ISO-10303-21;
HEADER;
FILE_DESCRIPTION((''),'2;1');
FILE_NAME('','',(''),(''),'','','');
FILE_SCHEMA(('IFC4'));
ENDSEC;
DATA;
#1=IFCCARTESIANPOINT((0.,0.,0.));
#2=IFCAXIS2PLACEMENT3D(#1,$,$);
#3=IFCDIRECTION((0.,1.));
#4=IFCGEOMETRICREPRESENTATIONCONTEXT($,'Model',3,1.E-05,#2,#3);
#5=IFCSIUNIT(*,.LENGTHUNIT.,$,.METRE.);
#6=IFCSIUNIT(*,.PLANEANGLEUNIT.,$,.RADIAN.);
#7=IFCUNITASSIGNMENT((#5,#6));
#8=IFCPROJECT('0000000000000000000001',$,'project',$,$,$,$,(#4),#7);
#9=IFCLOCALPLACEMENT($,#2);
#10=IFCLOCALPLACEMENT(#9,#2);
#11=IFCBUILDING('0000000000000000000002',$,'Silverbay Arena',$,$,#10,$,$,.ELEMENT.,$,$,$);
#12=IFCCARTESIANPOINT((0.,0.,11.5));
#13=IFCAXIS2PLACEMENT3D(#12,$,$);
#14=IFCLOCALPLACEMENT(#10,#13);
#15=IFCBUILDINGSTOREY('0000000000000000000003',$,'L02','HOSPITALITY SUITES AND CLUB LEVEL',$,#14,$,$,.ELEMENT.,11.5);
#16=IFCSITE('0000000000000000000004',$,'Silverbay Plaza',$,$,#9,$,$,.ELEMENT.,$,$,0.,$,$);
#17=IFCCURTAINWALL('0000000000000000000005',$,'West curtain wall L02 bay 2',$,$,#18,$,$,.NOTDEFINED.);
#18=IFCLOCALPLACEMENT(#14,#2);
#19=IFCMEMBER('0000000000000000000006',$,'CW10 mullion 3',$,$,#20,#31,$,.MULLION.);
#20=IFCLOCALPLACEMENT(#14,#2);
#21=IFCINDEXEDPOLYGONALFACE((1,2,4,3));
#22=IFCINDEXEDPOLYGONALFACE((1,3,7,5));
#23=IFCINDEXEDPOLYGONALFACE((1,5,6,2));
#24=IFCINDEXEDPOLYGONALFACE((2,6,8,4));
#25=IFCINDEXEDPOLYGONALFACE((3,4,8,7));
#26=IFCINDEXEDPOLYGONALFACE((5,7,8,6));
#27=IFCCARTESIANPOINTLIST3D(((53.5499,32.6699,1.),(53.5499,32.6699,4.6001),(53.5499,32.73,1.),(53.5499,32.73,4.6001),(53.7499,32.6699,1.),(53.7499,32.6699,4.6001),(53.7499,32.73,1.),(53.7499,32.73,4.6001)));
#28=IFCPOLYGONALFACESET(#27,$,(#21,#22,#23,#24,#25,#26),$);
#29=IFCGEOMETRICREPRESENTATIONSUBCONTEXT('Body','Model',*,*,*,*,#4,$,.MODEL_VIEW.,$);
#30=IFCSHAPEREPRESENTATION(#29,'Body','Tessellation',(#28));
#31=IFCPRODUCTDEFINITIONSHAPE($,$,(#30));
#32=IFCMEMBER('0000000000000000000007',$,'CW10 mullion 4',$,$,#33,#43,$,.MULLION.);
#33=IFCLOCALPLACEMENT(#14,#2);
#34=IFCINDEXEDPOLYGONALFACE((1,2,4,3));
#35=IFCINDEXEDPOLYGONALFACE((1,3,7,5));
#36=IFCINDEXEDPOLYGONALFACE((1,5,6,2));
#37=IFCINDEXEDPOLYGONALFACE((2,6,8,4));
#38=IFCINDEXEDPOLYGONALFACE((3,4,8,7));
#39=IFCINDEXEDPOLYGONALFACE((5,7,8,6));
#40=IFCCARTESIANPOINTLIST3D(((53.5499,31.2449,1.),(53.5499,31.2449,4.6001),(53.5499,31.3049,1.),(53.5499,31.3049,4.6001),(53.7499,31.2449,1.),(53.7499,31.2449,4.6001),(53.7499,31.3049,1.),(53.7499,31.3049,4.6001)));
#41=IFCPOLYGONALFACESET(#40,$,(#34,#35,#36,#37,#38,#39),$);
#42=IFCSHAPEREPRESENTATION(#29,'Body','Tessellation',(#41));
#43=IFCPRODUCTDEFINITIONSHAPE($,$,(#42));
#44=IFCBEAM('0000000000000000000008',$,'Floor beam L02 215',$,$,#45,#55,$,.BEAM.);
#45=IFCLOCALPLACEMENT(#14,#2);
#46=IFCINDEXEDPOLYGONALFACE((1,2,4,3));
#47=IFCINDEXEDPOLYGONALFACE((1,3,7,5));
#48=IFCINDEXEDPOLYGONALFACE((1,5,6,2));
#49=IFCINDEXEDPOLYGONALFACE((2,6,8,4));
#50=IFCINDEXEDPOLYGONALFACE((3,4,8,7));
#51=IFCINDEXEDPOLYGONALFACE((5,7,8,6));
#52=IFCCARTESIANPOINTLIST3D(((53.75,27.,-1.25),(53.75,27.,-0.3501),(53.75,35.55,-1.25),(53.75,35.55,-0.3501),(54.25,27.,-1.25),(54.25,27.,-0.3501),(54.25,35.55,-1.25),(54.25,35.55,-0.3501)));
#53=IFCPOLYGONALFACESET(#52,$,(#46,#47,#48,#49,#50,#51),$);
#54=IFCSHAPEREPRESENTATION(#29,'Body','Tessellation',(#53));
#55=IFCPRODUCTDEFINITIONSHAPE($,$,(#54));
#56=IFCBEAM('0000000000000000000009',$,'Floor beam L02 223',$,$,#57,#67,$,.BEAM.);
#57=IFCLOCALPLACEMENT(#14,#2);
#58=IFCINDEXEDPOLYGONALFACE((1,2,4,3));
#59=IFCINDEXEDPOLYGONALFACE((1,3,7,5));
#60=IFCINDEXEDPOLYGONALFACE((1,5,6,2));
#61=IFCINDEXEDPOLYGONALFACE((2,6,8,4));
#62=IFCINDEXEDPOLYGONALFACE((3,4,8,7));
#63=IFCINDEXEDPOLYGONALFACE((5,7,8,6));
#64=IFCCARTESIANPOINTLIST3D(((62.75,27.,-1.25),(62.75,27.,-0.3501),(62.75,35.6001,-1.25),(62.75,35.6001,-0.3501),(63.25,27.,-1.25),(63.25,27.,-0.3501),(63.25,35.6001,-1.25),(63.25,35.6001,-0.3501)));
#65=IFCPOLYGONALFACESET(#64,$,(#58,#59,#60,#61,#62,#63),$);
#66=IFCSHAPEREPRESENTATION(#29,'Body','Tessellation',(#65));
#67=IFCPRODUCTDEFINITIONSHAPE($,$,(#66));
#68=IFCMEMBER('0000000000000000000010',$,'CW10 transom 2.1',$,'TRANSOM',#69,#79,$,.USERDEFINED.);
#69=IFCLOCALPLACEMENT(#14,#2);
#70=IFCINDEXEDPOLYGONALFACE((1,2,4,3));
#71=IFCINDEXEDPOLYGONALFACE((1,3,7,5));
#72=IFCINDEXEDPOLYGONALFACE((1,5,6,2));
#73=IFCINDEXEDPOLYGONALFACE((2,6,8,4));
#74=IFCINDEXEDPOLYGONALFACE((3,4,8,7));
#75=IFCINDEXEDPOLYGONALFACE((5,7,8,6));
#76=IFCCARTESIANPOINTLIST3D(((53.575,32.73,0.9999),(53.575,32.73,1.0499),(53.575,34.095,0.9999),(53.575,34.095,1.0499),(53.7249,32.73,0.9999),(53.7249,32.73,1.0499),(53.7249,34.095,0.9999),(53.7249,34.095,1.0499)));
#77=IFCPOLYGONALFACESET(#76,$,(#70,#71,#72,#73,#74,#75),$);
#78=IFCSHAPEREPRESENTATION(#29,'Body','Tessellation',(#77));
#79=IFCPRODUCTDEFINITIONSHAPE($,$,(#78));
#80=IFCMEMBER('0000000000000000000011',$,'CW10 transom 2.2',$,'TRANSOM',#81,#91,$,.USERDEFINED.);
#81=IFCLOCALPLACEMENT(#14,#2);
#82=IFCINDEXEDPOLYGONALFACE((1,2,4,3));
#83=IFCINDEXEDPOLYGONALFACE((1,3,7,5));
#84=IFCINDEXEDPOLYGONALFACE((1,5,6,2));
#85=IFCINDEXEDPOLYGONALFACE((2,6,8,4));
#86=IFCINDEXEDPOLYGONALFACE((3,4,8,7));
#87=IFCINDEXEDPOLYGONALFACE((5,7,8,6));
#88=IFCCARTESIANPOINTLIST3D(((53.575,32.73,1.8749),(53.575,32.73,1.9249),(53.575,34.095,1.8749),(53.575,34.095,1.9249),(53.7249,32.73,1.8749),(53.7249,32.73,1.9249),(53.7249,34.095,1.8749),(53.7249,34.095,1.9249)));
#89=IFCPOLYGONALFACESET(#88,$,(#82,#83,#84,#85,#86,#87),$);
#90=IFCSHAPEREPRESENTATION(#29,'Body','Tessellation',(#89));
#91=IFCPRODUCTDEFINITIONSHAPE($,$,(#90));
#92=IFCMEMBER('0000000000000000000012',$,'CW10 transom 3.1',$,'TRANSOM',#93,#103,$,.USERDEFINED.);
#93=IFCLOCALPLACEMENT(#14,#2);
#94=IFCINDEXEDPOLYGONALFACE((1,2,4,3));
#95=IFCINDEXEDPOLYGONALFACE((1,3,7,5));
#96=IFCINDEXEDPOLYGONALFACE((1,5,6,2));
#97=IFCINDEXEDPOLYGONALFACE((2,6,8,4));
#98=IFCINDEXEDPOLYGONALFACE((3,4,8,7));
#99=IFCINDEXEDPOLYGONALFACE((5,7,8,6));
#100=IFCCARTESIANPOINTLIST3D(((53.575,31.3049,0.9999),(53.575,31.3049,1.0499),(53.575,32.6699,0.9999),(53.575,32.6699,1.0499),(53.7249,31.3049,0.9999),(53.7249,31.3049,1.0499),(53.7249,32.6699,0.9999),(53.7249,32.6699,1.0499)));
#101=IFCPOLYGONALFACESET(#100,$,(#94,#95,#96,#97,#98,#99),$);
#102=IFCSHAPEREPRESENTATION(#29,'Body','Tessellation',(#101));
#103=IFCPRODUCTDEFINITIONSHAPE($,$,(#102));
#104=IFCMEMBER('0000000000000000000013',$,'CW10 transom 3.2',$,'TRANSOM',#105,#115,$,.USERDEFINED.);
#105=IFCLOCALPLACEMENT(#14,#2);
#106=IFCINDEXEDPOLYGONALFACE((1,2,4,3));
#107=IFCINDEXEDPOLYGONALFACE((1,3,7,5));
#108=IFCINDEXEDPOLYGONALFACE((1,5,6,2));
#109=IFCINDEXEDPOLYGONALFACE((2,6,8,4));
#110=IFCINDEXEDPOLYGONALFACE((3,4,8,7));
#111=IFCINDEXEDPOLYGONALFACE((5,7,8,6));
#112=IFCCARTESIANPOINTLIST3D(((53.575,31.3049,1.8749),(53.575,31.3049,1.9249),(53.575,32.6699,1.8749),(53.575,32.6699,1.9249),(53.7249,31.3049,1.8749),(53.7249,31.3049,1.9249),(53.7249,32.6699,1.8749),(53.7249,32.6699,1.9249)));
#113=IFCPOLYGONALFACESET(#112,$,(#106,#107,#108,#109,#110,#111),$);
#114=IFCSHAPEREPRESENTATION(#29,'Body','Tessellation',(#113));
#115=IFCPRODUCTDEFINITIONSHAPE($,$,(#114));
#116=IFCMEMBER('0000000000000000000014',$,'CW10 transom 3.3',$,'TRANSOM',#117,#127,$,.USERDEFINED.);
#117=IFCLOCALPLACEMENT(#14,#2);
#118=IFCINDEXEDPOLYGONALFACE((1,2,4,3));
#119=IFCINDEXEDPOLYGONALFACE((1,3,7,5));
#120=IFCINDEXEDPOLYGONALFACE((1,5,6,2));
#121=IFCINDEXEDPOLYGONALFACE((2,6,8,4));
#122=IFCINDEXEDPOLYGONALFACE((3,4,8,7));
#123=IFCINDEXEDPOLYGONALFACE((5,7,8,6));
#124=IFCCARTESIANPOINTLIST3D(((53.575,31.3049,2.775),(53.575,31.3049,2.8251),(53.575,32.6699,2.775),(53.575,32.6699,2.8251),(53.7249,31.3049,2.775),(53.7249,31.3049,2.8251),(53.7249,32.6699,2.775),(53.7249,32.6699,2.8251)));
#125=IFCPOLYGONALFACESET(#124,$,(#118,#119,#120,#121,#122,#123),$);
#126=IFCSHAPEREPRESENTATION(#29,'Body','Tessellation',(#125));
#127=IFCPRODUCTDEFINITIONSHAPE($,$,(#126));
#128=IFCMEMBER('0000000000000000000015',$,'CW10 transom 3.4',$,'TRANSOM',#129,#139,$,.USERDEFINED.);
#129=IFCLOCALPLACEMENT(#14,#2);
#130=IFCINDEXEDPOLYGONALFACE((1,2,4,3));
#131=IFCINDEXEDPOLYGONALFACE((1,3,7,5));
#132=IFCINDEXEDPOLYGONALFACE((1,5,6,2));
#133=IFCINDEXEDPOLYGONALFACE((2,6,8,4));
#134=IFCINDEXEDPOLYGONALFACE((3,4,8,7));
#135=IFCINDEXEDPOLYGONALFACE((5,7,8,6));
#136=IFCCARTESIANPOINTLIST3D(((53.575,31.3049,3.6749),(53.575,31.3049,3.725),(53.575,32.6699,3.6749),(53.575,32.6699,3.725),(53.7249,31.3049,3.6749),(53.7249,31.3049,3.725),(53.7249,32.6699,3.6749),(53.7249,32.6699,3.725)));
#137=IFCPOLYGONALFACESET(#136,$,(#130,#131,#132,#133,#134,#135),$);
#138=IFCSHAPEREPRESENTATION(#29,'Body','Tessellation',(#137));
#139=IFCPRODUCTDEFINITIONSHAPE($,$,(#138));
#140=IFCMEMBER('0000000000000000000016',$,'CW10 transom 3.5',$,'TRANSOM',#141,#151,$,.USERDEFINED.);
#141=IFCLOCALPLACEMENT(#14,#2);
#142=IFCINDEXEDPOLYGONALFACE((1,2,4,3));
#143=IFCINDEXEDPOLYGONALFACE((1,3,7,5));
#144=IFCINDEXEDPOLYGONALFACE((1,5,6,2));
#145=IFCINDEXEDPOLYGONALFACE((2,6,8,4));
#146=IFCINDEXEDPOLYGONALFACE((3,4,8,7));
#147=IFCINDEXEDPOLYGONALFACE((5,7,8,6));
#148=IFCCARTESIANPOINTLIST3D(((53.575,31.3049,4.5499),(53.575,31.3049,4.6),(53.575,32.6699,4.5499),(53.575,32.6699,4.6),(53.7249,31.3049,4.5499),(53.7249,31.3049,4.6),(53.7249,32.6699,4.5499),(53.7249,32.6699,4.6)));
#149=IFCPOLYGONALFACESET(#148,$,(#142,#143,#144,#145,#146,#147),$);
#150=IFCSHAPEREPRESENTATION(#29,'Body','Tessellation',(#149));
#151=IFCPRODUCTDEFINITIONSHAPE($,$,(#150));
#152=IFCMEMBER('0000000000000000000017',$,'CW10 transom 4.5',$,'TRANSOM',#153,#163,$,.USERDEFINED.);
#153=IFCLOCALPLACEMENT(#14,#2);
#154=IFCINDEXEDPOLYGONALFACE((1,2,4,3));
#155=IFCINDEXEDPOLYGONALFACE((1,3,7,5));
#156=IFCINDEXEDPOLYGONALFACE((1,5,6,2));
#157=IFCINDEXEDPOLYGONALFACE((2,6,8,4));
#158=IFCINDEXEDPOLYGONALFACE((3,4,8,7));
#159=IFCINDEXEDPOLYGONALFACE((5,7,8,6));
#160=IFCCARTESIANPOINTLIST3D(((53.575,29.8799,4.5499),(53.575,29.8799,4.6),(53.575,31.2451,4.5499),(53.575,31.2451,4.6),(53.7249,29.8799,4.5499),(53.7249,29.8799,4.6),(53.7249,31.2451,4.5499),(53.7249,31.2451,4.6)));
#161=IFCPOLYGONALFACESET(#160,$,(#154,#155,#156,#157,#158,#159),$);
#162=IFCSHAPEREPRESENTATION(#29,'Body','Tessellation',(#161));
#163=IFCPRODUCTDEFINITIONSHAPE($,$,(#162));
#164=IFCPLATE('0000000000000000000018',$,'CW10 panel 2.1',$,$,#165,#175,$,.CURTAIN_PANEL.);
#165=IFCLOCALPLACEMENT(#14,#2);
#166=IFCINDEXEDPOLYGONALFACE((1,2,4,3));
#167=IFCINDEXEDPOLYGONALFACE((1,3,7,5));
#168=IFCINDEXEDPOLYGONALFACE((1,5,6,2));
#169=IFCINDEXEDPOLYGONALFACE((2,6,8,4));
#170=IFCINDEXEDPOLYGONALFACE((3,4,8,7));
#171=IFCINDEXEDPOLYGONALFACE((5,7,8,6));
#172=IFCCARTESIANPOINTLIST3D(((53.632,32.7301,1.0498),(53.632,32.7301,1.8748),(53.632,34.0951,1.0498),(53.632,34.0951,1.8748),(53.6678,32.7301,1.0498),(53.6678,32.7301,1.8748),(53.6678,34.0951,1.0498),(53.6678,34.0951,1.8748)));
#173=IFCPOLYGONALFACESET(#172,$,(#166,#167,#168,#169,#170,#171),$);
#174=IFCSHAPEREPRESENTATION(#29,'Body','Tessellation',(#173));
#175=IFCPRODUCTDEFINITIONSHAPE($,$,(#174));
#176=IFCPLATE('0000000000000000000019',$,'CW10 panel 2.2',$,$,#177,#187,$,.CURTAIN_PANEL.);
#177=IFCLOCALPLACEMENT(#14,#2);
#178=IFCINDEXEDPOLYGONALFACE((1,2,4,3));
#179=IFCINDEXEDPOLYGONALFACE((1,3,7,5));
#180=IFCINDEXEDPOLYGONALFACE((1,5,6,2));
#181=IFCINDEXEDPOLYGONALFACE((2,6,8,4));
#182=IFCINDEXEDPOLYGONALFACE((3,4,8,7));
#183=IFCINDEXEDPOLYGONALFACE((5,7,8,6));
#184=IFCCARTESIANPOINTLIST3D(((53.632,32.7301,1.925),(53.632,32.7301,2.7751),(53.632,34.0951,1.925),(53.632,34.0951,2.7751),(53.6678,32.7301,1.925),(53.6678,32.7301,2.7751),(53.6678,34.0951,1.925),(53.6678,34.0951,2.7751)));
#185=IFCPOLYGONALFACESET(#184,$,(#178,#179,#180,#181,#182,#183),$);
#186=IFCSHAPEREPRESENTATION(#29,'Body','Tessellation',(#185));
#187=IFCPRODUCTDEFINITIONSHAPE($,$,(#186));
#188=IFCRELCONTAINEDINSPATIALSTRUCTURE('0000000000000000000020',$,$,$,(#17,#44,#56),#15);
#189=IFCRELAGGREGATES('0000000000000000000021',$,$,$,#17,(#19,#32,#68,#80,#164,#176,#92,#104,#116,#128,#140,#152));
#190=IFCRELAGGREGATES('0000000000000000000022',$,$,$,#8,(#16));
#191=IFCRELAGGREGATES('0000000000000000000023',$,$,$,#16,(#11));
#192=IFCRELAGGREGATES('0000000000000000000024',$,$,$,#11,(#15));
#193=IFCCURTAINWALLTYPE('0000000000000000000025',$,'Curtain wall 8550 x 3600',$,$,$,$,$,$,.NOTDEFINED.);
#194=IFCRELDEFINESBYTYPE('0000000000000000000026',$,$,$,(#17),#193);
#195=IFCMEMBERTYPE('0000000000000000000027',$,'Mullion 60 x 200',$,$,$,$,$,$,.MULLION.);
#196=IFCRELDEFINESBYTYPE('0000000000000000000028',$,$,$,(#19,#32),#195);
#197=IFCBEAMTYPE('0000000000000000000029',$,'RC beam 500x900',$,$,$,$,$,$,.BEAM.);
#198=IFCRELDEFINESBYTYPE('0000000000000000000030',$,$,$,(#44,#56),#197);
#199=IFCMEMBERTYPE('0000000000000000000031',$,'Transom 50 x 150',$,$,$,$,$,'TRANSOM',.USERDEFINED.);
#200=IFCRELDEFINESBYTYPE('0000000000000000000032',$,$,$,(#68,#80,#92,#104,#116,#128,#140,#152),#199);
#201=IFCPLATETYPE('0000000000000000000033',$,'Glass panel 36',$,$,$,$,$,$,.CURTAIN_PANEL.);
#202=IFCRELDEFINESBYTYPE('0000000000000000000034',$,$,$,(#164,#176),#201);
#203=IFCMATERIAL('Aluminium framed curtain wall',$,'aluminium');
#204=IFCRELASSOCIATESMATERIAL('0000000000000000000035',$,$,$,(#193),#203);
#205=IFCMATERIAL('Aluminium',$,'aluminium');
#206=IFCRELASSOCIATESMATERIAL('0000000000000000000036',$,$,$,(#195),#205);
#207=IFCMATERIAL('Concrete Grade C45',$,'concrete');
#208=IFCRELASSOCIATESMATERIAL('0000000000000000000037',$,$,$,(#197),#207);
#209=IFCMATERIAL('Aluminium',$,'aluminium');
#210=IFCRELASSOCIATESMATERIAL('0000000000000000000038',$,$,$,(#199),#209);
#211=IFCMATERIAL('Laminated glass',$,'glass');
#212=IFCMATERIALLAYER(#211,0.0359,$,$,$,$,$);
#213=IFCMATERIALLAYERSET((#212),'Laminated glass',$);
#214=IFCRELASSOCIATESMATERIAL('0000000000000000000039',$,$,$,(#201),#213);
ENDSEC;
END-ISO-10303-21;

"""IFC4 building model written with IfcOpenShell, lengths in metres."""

from ifc_helpers import new_model, si_unit, direction, frame, origin, origin_2d, place, context, subcontext, project, spatial, rectangle, extrude, material, layer, layer_set, material_profile, profile_set, type_object, element, aggregate, save


model = new_model("IFC4")

# Units and contexts
model_context = context("Model", 3, precision=1e-05, world=origin(), true_north=direction((0.0, 1.0)))
body_context = subcontext(model_context, "Body", "Model", "MODEL_VIEW")
ifc_project = project(units=[si_unit("LENGTHUNIT", "METRE"), si_unit("PLANEANGLEUNIT", "RADIAN")], contexts=[model_context])

# Site, building, storey
site_placement = place(None, origin())
site = spatial("IfcSite", under=ifc_project, at=site_placement, Name="Silverbay Plaza", CompositionType="ELEMENT", RefElevation=0.0)
building_placement = place(site_placement, origin())
building = spatial("IfcBuilding", under=site, at=building_placement, Name="Silverbay Arena", CompositionType="ELEMENT")
storey_placement = place(building_placement, frame((0.0, 0.0, 11.5)))
storey = spatial("IfcBuildingStorey", under=building, at=storey_placement, Name="L02", Description="HOSPITALITY SUITES AND CLUB LEVEL", CompositionType="ELEMENT", Elevation=11.5)

# Curtain wall, members
ifc_material_1 = material(Name="Aluminium framed curtain wall", Category="aluminium")
curtain_wall_type = type_object("IfcCurtainWallType", Name="Curtain wall 8550 x 3600", PredefinedType="NOTDEFINED", material=ifc_material_1)
curtain_wall_placement = place(storey_placement, origin())
curtain_wall = element("IfcCurtainWall", 1, at=curtain_wall_placement, inside=storey, type_object=curtain_wall_type, Name="West curtain wall L02 bay 2", PredefinedType="NOTDEFINED")
ifc_material_2 = material(Name="Aluminium", Category="aluminium")
ifc_material_profile_1 = material_profile(ifc_material_2, rectangle(XDim=0.2, YDim=0.0601, at=origin_2d()), Name="Mullion 60 x 200")
ifc_profile_set_1 = profile_set([ifc_material_profile_1], Name="Aluminium")
member_type_1 = type_object("IfcMemberType", Name="Mullion 60 x 200", PredefinedType="MULLION", material=ifc_profile_set_1)
member_1_placement = place(storey_placement, frame((53.6499, 32.7, 1.0), z_axis=(0.0, 0.0, 1.0), x_axis=(1.0, 0.0, 0.0)))
member_1 = element("IfcMember", 2, at=member_1_placement, type_object=member_type_1, Name="CW10 mullion 3", PredefinedType="MULLION", context=body_context, shape_type="SweptSolid", body=[
    extrude(rectangle(XDim=0.2, YDim=0.0601, at=origin_2d()), origin(), (0.0, 0.0, 1.0), 3.6001),
])
member_2_placement = place(storey_placement, frame((53.6499, 31.2749, 1.0), z_axis=(0.0, 0.0, 1.0), x_axis=(1.0, 0.0, 0.0)))
member_2 = element("IfcMember", 3, at=member_2_placement, type_object=member_type_1, Name="CW10 mullion 4", PredefinedType="MULLION", context=body_context, shape_type="SweptSolid", body=[
    extrude(rectangle(XDim=0.2, YDim=0.0601, at=origin_2d()), origin(), (0.0, 0.0, 1.0), 3.6001),
])

# Beams
ifc_material_3 = material(Name="Concrete Grade C45", Category="concrete")
ifc_material_profile_2 = material_profile(ifc_material_3, rectangle(XDim=0.5, YDim=0.8999, at=origin_2d()), Name="RC 500x900")
ifc_profile_set_2 = profile_set([ifc_material_profile_2], Name="Concrete Grade C45")
beam_type = type_object("IfcBeamType", Name="RC beam 500x900", PredefinedType="BEAM", material=ifc_profile_set_2)
beam_1_placement = place(storey_placement, frame((54.0, 27.0, -0.8), z_axis=(0.0, 1.0, 0.0), x_axis=(-1.0, 0.0, 0.0)))
element("IfcBeam", 4, at=beam_1_placement, inside=storey, type_object=beam_type, Name="Floor beam L02 215", PredefinedType="BEAM", context=body_context, shape_type="SweptSolid", body=[
    extrude(rectangle(XDim=0.5, YDim=0.8999, at=origin_2d()), origin(), (0.0, 0.0, 1.0), 8.55),
])
beam_2_placement = place(storey_placement, frame((63.0, 27.0, -0.8), z_axis=(0.0, 1.0, 0.0), x_axis=(-1.0, 0.0, 0.0)))
element("IfcBeam", 5, at=beam_2_placement, inside=storey, type_object=beam_type, Name="Floor beam L02 223", PredefinedType="BEAM", context=body_context, shape_type="SweptSolid", body=[
    extrude(rectangle(XDim=0.5, YDim=0.8999, at=origin_2d()), origin(), (0.0, 0.0, 1.0), 8.6001),
])

# Members
ifc_material_4 = material(Name="Aluminium", Category="aluminium")
ifc_material_profile_3 = material_profile(ifc_material_4, rectangle(XDim=0.1499, YDim=0.05, at=origin_2d()), Name="Transom 50 x 150")
ifc_profile_set_3 = profile_set([ifc_material_profile_3], Name="Aluminium")
member_type_2 = type_object("IfcMemberType", Name="Transom 50 x 150", ElementType="TRANSOM", PredefinedType="USERDEFINED", material=ifc_profile_set_3)
member_3_placement = place(storey_placement, frame((53.6499, 34.095, 1.0249), z_axis=(0.0, -1.0, 0.0), x_axis=(1.0, 0.0, 0.0)))
member_3 = element("IfcMember", 6, at=member_3_placement, type_object=member_type_2, Name="CW10 transom 2.1", ObjectType="TRANSOM", PredefinedType="USERDEFINED", context=body_context, shape_type="SweptSolid", body=[
    extrude(rectangle(XDim=0.1499, YDim=0.05, at=origin_2d()), origin(), (0.0, 0.0, 1.0), 1.365),
])
member_4_placement = place(storey_placement, frame((53.6499, 34.095, 1.8999), z_axis=(0.0, -1.0, 0.0), x_axis=(1.0, 0.0, 0.0)))
member_4 = element("IfcMember", 7, at=member_4_placement, type_object=member_type_2, Name="CW10 transom 2.2", ObjectType="TRANSOM", PredefinedType="USERDEFINED", context=body_context, shape_type="SweptSolid", body=[
    extrude(rectangle(XDim=0.1499, YDim=0.05, at=origin_2d()), origin(), (0.0, 0.0, 1.0), 1.365),
])
member_5_placement = place(storey_placement, frame((53.6499, 32.6699, 1.0249), z_axis=(0.0, -1.0, 0.0), x_axis=(1.0, 0.0, 0.0)))
member_5 = element("IfcMember", 8, at=member_5_placement, type_object=member_type_2, Name="CW10 transom 3.1", ObjectType="TRANSOM", PredefinedType="USERDEFINED", context=body_context, shape_type="SweptSolid", body=[
    extrude(rectangle(XDim=0.1499, YDim=0.05, at=origin_2d()), origin(), (0.0, 0.0, 1.0), 1.365),
])
member_6_placement = place(storey_placement, frame((53.6499, 32.6699, 1.8999), z_axis=(0.0, -1.0, 0.0), x_axis=(1.0, 0.0, 0.0)))
member_6 = element("IfcMember", 9, at=member_6_placement, type_object=member_type_2, Name="CW10 transom 3.2", ObjectType="TRANSOM", PredefinedType="USERDEFINED", context=body_context, shape_type="SweptSolid", body=[
    extrude(rectangle(XDim=0.1499, YDim=0.05, at=origin_2d()), origin(), (0.0, 0.0, 1.0), 1.365),
])
member_7_placement = place(storey_placement, frame((53.6499, 32.6699, 2.8), z_axis=(0.0, -1.0, 0.0), x_axis=(1.0, 0.0, 0.0)))
member_7 = element("IfcMember", 10, at=member_7_placement, type_object=member_type_2, Name="CW10 transom 3.3", ObjectType="TRANSOM", PredefinedType="USERDEFINED", context=body_context, shape_type="SweptSolid", body=[
    extrude(rectangle(XDim=0.1499, YDim=0.05, at=origin_2d()), origin(), (0.0, 0.0, 1.0), 1.365),
])
member_8_placement = place(storey_placement, frame((53.6499, 32.6699, 3.7), z_axis=(0.0, -1.0, 0.0), x_axis=(1.0, 0.0, 0.0)))
member_8 = element("IfcMember", 11, at=member_8_placement, type_object=member_type_2, Name="CW10 transom 3.4", ObjectType="TRANSOM", PredefinedType="USERDEFINED", context=body_context, shape_type="SweptSolid", body=[
    extrude(rectangle(XDim=0.1499, YDim=0.05, at=origin_2d()), origin(), (0.0, 0.0, 1.0), 1.365),
])
member_9_placement = place(storey_placement, frame((53.6499, 32.6699, 4.575), z_axis=(0.0, -1.0, 0.0), x_axis=(1.0, 0.0, 0.0)))
member_9 = element("IfcMember", 12, at=member_9_placement, type_object=member_type_2, Name="CW10 transom 3.5", ObjectType="TRANSOM", PredefinedType="USERDEFINED", context=body_context, shape_type="SweptSolid", body=[
    extrude(rectangle(XDim=0.1499, YDim=0.05, at=origin_2d()), origin(), (0.0, 0.0, 1.0), 1.365),
])
member_10_placement = place(storey_placement, frame((53.6499, 31.2451, 4.575), z_axis=(0.0, -1.0, 0.0), x_axis=(1.0, 0.0, 0.0)))
member_10 = element("IfcMember", 13, at=member_10_placement, type_object=member_type_2, Name="CW10 transom 4.5", ObjectType="TRANSOM", PredefinedType="USERDEFINED", context=body_context, shape_type="SweptSolid", body=[
    extrude(rectangle(XDim=0.1499, YDim=0.05, at=origin_2d()), origin(), (0.0, 0.0, 1.0), 1.3652),
])

# Plates
ifc_material_5 = material(Name="Laminated glass", Category="glass")
ifc_layer_1 = layer(ifc_material_5, 0.0359)
ifc_layer_set_1 = layer_set([ifc_layer_1], Name="Laminated glass")
plate_type = type_object("IfcPlateType", Name="Glass panel 36", PredefinedType="CURTAIN_PANEL", material=ifc_layer_set_1)
plate_1_placement = place(storey_placement, frame((53.6499, 33.4126, 1.0498), z_axis=(0.0, 0.0, 1.0), x_axis=(0.0, -1.0, 0.0)))
plate_1 = element("IfcPlate", 14, at=plate_1_placement, type_object=plate_type, Name="CW10 panel 2.1", PredefinedType="CURTAIN_PANEL", context=body_context, shape_type="SweptSolid", body=[
    extrude(rectangle(XDim=1.365, YDim=0.0359, at=origin_2d()), origin(), (0.0, 0.0, 1.0), 0.825),
])
plate_2_placement = place(storey_placement, frame((53.6499, 33.4126, 1.925), z_axis=(0.0, 0.0, 1.0), x_axis=(0.0, -1.0, 0.0)))
plate_2 = element("IfcPlate", 15, at=plate_2_placement, type_object=plate_type, Name="CW10 panel 2.2", PredefinedType="CURTAIN_PANEL", context=body_context, shape_type="SweptSolid", body=[
    extrude(rectangle(XDim=1.365, YDim=0.0359, at=origin_2d()), origin(), (0.0, 0.0, 1.0), 0.8501),
])
aggregate(curtain_wall, [member_1, member_2, member_3, member_4, plate_1, plate_2, member_5, member_6, member_7, member_8, member_9, member_10])

save(model, "model.ifc")
